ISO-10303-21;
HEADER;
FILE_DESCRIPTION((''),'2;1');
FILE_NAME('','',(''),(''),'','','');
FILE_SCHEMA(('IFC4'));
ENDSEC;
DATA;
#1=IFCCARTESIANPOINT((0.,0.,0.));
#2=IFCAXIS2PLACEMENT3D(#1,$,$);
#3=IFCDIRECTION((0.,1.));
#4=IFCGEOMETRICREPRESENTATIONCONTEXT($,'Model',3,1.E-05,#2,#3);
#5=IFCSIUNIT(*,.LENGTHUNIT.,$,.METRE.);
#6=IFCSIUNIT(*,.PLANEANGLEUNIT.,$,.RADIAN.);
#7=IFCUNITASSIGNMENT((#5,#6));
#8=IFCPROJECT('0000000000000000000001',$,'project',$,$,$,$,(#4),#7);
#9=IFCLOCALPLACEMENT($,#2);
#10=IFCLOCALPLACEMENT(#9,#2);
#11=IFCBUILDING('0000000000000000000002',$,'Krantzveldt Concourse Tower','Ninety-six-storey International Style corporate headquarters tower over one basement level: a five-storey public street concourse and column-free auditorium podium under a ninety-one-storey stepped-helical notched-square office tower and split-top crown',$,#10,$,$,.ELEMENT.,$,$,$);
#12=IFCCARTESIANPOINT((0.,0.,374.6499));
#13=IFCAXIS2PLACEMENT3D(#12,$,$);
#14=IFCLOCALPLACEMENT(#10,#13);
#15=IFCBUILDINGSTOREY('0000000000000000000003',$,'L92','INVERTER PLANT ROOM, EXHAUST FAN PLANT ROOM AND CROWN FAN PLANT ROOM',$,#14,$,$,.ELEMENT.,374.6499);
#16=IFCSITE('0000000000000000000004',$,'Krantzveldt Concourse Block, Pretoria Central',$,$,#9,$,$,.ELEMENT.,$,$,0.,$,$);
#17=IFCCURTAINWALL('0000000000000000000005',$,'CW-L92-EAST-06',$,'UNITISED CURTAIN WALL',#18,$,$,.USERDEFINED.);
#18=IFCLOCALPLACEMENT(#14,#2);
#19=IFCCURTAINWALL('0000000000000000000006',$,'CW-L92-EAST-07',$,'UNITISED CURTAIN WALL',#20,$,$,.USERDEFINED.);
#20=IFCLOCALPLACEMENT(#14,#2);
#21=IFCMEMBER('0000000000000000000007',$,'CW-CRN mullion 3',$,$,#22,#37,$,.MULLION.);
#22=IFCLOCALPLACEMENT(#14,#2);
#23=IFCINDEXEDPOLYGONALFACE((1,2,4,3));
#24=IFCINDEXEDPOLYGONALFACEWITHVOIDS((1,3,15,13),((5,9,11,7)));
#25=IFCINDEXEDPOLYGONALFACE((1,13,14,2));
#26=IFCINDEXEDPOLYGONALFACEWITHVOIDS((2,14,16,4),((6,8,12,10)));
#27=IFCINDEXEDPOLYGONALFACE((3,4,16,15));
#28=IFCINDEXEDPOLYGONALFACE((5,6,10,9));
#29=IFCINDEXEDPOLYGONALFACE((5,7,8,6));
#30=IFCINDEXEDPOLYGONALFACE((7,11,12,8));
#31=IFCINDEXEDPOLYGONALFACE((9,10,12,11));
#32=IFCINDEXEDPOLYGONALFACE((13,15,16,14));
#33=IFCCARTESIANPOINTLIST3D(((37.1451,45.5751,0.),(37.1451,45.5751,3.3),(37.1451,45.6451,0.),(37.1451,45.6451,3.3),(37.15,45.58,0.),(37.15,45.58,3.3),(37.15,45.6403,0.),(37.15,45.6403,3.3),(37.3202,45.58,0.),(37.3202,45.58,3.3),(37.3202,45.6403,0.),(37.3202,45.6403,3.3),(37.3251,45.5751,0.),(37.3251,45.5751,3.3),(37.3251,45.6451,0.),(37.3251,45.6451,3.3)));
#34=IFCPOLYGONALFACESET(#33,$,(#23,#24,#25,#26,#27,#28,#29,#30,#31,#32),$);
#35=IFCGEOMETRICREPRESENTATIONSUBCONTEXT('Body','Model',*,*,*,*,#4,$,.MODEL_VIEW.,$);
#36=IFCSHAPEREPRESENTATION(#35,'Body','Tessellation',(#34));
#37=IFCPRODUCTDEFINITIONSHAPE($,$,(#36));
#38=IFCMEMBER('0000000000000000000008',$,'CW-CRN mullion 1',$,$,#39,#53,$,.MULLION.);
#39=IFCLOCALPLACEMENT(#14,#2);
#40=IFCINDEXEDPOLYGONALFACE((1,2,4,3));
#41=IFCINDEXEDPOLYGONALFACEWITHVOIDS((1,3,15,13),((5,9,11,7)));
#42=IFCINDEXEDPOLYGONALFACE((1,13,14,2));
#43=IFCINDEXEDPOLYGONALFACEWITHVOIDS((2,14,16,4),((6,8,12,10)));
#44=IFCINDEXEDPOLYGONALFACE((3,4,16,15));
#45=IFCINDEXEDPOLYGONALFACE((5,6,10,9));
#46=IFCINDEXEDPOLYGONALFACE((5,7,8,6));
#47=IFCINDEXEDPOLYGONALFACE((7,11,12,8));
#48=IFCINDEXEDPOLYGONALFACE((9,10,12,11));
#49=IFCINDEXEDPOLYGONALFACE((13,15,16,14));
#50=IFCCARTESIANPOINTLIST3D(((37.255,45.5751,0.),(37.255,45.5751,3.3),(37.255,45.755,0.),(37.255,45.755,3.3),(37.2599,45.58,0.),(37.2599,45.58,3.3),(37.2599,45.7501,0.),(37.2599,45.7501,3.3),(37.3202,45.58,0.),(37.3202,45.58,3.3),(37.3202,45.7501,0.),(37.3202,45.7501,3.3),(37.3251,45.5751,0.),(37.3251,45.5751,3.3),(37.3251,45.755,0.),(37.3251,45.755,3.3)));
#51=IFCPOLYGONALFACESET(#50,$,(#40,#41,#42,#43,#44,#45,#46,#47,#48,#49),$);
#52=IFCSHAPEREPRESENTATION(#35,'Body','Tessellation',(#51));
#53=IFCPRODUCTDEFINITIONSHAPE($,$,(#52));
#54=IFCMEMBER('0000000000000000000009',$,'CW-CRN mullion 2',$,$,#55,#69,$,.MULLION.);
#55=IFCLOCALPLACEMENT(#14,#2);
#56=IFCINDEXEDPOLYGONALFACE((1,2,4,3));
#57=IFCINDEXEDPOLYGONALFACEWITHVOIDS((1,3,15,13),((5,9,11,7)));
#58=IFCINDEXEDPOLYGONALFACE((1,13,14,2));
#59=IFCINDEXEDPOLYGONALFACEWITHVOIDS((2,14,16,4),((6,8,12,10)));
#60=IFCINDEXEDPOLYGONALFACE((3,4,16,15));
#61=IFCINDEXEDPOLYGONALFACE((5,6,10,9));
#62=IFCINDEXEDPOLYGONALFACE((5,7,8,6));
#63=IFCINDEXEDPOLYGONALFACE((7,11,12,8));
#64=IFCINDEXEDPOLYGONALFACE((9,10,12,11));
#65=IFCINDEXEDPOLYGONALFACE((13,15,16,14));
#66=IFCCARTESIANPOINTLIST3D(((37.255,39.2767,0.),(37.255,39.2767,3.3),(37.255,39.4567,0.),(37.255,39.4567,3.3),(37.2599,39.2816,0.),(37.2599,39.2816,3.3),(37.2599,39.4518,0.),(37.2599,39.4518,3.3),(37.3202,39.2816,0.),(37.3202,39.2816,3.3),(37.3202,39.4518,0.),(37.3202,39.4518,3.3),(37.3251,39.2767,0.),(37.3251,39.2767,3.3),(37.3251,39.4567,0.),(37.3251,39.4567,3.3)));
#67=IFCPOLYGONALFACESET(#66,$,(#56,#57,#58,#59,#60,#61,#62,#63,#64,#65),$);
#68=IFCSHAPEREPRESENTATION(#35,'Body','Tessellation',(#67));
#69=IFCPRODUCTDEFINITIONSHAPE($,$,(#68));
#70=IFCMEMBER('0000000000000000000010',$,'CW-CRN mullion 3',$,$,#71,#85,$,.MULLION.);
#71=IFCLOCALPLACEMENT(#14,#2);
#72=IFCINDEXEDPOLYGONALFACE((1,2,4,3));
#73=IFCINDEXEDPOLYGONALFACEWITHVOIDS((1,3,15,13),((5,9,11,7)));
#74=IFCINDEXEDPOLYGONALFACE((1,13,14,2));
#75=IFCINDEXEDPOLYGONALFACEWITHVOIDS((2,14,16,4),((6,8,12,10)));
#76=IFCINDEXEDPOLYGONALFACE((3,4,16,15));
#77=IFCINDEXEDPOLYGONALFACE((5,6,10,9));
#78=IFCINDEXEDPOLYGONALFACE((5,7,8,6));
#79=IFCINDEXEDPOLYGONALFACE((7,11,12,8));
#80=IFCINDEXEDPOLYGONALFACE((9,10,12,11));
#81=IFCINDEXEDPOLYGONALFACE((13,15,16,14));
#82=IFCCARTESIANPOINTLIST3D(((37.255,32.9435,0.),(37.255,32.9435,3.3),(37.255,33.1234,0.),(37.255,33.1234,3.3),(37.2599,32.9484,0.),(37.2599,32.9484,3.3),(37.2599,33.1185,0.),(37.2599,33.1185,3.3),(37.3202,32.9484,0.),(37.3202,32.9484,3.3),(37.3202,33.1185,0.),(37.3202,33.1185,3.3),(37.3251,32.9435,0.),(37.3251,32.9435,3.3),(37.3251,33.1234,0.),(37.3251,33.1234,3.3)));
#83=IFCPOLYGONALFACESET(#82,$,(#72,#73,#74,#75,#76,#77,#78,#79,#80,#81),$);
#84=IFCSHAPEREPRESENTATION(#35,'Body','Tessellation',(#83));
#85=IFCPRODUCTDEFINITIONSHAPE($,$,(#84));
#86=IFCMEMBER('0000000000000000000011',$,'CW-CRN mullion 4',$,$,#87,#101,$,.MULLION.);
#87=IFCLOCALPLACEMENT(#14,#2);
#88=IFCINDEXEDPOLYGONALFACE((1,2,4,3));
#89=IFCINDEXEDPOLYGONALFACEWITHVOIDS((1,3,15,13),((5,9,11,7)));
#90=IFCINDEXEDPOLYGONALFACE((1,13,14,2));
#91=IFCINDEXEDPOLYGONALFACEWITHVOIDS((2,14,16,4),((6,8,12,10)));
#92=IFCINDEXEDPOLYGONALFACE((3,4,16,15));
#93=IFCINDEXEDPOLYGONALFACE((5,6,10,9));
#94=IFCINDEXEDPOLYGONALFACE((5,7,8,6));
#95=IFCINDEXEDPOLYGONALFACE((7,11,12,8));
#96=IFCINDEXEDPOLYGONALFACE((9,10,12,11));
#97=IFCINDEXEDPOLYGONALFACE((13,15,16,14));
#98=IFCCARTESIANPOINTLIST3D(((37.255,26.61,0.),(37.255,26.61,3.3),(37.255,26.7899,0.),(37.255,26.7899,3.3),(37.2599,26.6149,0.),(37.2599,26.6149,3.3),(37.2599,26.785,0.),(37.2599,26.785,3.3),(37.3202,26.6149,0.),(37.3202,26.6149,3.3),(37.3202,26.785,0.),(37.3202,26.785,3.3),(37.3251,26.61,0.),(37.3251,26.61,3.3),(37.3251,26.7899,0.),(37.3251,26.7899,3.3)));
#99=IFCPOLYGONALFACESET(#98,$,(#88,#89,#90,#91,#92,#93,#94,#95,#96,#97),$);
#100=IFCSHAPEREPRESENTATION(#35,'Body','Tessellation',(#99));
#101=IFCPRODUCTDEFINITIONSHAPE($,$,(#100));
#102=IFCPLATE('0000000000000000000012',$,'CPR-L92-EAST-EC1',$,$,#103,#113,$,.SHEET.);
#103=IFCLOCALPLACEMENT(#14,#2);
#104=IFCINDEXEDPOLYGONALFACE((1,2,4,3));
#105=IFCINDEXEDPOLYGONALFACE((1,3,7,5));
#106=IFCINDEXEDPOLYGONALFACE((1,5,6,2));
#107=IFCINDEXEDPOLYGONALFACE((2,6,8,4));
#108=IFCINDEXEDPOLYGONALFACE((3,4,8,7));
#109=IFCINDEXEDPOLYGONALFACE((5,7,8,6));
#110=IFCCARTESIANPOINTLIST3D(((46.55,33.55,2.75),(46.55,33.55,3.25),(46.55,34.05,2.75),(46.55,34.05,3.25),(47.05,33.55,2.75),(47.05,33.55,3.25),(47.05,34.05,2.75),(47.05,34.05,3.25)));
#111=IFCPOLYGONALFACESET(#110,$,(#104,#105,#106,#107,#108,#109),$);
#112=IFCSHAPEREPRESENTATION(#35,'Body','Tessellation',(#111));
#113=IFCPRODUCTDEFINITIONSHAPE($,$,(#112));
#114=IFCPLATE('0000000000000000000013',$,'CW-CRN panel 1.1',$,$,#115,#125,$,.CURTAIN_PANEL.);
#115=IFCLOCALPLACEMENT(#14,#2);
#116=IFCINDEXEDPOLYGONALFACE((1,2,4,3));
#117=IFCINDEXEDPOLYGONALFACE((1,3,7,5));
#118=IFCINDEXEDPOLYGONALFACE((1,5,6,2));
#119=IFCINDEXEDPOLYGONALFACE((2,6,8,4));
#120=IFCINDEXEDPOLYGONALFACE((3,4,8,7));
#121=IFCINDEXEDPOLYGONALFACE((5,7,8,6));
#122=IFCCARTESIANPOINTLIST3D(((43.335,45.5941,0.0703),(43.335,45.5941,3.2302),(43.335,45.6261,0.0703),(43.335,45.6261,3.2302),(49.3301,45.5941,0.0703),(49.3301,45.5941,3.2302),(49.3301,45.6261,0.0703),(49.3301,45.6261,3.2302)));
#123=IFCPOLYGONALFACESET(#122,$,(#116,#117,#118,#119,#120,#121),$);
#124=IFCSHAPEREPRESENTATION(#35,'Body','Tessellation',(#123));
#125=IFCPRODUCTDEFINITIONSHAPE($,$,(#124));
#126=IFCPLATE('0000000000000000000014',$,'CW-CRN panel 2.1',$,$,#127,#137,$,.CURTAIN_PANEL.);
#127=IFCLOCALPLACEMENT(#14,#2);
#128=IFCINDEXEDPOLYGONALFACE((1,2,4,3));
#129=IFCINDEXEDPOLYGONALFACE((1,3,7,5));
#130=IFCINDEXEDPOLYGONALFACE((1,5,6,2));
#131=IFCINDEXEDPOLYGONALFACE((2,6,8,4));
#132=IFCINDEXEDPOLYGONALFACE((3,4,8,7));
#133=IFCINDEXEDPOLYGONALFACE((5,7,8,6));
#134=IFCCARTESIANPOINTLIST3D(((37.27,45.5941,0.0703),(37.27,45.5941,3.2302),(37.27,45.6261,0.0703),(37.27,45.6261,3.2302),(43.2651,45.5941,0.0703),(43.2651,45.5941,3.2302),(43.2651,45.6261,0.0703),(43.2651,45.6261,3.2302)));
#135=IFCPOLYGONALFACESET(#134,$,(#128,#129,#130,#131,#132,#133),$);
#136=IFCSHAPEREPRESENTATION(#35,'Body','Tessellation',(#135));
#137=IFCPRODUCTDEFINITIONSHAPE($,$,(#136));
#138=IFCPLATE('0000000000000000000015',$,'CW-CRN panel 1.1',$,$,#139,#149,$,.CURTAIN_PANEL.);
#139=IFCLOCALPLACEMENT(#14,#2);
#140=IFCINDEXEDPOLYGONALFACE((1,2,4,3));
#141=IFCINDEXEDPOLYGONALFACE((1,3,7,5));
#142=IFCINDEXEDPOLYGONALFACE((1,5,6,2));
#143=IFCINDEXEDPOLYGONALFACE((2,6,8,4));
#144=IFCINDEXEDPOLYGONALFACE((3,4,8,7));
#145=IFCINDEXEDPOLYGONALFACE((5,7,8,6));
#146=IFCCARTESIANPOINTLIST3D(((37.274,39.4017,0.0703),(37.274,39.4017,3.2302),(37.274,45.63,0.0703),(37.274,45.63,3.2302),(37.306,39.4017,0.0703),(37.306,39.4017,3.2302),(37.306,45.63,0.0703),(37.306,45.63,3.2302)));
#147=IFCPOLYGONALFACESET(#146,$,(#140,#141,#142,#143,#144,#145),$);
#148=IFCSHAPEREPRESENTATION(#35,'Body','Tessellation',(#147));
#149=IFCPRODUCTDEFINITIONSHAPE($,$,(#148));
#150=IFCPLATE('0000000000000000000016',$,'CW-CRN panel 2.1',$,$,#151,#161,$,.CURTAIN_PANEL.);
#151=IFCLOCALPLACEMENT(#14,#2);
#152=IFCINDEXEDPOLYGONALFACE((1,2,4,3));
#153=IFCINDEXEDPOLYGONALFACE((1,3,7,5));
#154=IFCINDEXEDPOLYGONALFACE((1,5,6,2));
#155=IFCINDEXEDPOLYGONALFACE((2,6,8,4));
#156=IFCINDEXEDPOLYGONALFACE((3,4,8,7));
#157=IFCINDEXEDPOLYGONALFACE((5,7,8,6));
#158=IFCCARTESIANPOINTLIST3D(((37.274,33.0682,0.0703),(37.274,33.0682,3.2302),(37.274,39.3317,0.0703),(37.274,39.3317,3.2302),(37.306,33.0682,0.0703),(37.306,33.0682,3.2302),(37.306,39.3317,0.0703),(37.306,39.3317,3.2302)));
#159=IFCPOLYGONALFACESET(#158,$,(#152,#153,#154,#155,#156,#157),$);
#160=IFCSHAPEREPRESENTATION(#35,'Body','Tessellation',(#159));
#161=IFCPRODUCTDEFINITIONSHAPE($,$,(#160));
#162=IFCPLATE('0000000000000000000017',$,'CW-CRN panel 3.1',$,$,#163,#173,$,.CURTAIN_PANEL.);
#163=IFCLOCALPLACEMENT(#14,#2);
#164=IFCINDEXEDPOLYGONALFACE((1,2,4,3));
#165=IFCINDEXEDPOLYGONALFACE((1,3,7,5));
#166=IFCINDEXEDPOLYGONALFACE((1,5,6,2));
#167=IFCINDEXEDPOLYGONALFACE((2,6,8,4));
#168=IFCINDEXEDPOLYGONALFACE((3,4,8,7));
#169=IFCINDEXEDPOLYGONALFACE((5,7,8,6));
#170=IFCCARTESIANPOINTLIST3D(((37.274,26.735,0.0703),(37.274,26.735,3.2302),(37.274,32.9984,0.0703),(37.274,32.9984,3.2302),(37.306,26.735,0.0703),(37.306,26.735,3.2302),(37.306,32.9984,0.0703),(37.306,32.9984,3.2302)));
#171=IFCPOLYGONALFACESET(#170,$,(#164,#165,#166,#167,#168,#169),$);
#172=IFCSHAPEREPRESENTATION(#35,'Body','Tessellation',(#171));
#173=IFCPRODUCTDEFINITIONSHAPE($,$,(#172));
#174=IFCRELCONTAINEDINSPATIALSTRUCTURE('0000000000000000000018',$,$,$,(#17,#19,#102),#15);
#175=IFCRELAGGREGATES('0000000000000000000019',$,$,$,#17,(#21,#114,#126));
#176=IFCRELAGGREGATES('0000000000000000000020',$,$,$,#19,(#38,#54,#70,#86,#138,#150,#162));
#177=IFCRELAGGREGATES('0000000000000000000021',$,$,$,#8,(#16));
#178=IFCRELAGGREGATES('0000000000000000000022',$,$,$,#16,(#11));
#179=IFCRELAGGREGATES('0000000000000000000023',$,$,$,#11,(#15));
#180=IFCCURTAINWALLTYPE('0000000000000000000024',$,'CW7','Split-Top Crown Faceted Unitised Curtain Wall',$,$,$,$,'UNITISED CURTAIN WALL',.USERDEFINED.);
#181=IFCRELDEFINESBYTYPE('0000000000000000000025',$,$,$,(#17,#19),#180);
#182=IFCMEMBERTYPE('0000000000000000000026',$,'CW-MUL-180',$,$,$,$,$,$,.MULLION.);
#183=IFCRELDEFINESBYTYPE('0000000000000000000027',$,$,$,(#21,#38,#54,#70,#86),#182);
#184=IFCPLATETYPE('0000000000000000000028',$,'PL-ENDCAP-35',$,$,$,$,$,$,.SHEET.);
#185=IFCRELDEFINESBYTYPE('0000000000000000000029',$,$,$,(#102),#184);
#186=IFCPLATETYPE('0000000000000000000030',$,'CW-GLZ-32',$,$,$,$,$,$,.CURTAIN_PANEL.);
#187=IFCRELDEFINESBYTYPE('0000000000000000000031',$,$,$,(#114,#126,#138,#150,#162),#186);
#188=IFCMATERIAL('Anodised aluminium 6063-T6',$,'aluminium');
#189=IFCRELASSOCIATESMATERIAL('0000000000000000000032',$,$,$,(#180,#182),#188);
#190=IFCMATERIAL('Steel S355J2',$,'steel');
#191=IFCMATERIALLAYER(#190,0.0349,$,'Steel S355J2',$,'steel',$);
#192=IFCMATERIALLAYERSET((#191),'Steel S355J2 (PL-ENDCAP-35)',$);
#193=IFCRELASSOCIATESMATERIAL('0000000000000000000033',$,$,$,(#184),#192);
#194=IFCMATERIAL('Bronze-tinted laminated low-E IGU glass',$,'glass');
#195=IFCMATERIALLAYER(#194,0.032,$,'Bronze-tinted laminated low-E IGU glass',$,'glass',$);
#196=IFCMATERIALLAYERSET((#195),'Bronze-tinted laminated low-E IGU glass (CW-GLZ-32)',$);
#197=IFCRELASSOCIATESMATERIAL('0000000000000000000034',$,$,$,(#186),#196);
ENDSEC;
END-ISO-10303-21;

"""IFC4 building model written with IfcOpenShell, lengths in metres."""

from ifc_helpers import new_model, si_unit, direction, frame, origin, origin_2d, place, context, subcontext, project, spatial, rectangle, hollow_rectangle, extrude, source, transform, mapped, material, layer, layer_set, material_profile, profile_set, type_object, type_shapes, element, aggregate, save


model = new_model("IFC4")

# Units and contexts
model_context = context("Model", 3, precision=1e-05, world=origin(), true_north=direction((0.0, 1.0)))
body_context = subcontext(model_context, "Body", "Model", "MODEL_VIEW")
ifc_project = project(units=[si_unit("LENGTHUNIT", "METRE"), si_unit("PLANEANGLEUNIT", "RADIAN")], contexts=[model_context])

# Site, building, storey
site_placement = place(None, origin())
site = spatial("IfcSite", under=ifc_project, at=site_placement, Name="Krantzveldt Concourse Block, Pretoria Central", CompositionType="ELEMENT", RefElevation=0.0)
building_placement = place(site_placement, origin())
building = spatial("IfcBuilding", under=site, at=building_placement, Name="Krantzveldt Concourse Tower", Description="Ninety-six-storey International Style corporate headquarters tower over one basement level: a five-storey public street concourse and column-free auditorium podium under a ninety-one-storey stepped-helical notched-square office tower and split-top crown", CompositionType="ELEMENT")
storey_placement = place(building_placement, frame((0.0, 0.0, 374.6499)))
storey = spatial("IfcBuildingStorey", under=building, at=storey_placement, Name="L92", Description="INVERTER PLANT ROOM, EXHAUST FAN PLANT ROOM AND CROWN FAN PLANT ROOM", CompositionType="ELEMENT", Elevation=374.6499)

# Shared definitions
ifc_material_1 = material(Name="Steel S355J2", Category="steel")

# Shared definitions
ifc_material_2 = material(Name="Anodised aluminium 6063-T6", Category="aluminium")
curtain_wall_type = type_object("IfcCurtainWallType", Name="CW7", Description="Split-Top Crown Faceted Unitised Curtain Wall", ElementType="UNITISED CURTAIN WALL", PredefinedType="USERDEFINED", material=ifc_material_2)

# Curtain walls
curtain_wall_1_placement = place(storey_placement, origin())
curtain_wall_1 = element("IfcCurtainWall", 1, at=curtain_wall_1_placement, inside=storey, type_object=curtain_wall_type, Name="CW-L92-EAST-06", ObjectType="UNITISED CURTAIN WALL", PredefinedType="USERDEFINED")
curtain_wall_2_placement = place(storey_placement, origin())
curtain_wall_2 = element("IfcCurtainWall", 2, at=curtain_wall_2_placement, inside=storey, type_object=curtain_wall_type, Name="CW-L92-EAST-07", ObjectType="UNITISED CURTAIN WALL", PredefinedType="USERDEFINED")

# Members
ifc_material_profile_1 = material_profile(ifc_material_2, hollow_rectangle(XDim=0.0701, YDim=0.1799, WallThickness=0.0049, at=origin_2d()), Name="Anodised aluminium 6063-T6", Category="aluminium")
ifc_profile_set_1 = profile_set([ifc_material_profile_1], Name="Anodised aluminium 6063-T6 - ALU-MULL 180x70x5")
member_type_1 = type_object("IfcMemberType", Name="CW-MUL-180", PredefinedType="MULLION", material=ifc_profile_set_1)
shared_shape_1 = source(origin(), body_context, "Body", "SweptSolid", [
    extrude(hollow_rectangle(XDim=0.0701, YDim=0.1799, WallThickness=0.0049, at=origin_2d()), origin(), (0.0, 0.0, 1.0), 3.3),
])
type_shapes(member_type_1, [shared_shape_1])
member_1_placement = place(storey_placement, frame((37.2351, 45.6101, 0.0), z_axis=(0.0, 0.0, 1.0), x_axis=(0.0, -1.0, 0.0)))
member_1 = element("IfcMember", 3, at=member_1_placement, type_object=member_type_1, Name="CW-CRN mullion 3", PredefinedType="MULLION", context=body_context, shape_type="MappedRepresentation", body=[
    mapped(shared_shape_1, transform((0.0, 0.0, 0.0), x_axis=(1.0, 0.0, 0.0), y_axis=(0.0, 1.0, 0.0), z_axis=(0.0, 0.0, 1.0), scale=1.0)),
])
member_2_placement = place(storey_placement, frame((37.29, 45.665, 0.0), z_axis=(0.0, 0.0, 1.0), x_axis=(1.0, 0.0, 0.0)))
member_2 = element("IfcMember", 4, at=member_2_placement, type_object=member_type_1, Name="CW-CRN mullion 1", PredefinedType="MULLION", context=body_context, shape_type="MappedRepresentation", body=[
    mapped(shared_shape_1, transform((0.0, 0.0, 0.0), x_axis=(1.0, 0.0, 0.0), y_axis=(0.0, 1.0, 0.0), z_axis=(0.0, 0.0, 1.0), scale=1.0)),
])
member_3_placement = place(storey_placement, frame((37.29, 39.3667, 0.0), z_axis=(0.0, 0.0, 1.0), x_axis=(1.0, 0.0, 0.0)))
member_3 = element("IfcMember", 5, at=member_3_placement, type_object=member_type_1, Name="CW-CRN mullion 2", PredefinedType="MULLION", context=body_context, shape_type="MappedRepresentation", body=[
    mapped(shared_shape_1, transform((0.0, 0.0, 0.0), x_axis=(1.0, 0.0, 0.0), y_axis=(0.0, 1.0, 0.0), z_axis=(0.0, 0.0, 1.0), scale=1.0)),
])
member_4_placement = place(storey_placement, frame((37.29, 33.0334, 0.0), z_axis=(0.0, 0.0, 1.0), x_axis=(1.0, 0.0, 0.0)))
member_4 = element("IfcMember", 6, at=member_4_placement, type_object=member_type_1, Name="CW-CRN mullion 3", PredefinedType="MULLION", context=body_context, shape_type="MappedRepresentation", body=[
    mapped(shared_shape_1, transform((0.0, 0.0, 0.0), x_axis=(1.0, 0.0, 0.0), y_axis=(0.0, 1.0, 0.0), z_axis=(0.0, 0.0, 1.0), scale=1.0)),
])
member_5_placement = place(storey_placement, frame((37.29, 26.7, 0.0), z_axis=(0.0, 0.0, 1.0), x_axis=(1.0, 0.0, 0.0)))
member_5 = element("IfcMember", 7, at=member_5_placement, type_object=member_type_1, Name="CW-CRN mullion 4", PredefinedType="MULLION", context=body_context, shape_type="MappedRepresentation", body=[
    mapped(shared_shape_1, transform((0.0, 0.0, 0.0), x_axis=(1.0, 0.0, 0.0), y_axis=(0.0, 1.0, 0.0), z_axis=(0.0, 0.0, 1.0), scale=1.0)),
])

# Plates
ifc_layer_1 = layer(ifc_material_1, 0.0349, Name="Steel S355J2", Category="steel")
ifc_layer_set_1 = layer_set([ifc_layer_1], Name="Steel S355J2 (PL-ENDCAP-35)")
plate_type_1 = type_object("IfcPlateType", Name="PL-ENDCAP-35", PredefinedType="SHEET", material=ifc_layer_set_1)
shared_shape_2 = source(origin(), body_context, "Body", "SweptSolid", [
    extrude(rectangle(XDim=0.5, YDim=0.5, at=origin_2d()), origin(), (0.0, 0.0, 1.0), 0.5),
])
type_shapes(plate_type_1, [shared_shape_2])
plate_1_placement = place(storey_placement, frame((46.8, 33.8, 2.75), z_axis=(0.0, 0.0, 1.0), x_axis=(1.0, 0.0, 0.0)))
element("IfcPlate", 8, at=plate_1_placement, inside=storey, type_object=plate_type_1, Name="CPR-L92-EAST-EC1", PredefinedType="SHEET", context=body_context, shape_type="MappedRepresentation", body=[
    mapped(shared_shape_2, transform((0.0, 0.0, 0.0), x_axis=(1.0, 0.0, 0.0), y_axis=(0.0, 1.0, 0.0), z_axis=(0.0, 0.0, 1.0), scale=1.0)),
])
ifc_material_3 = material(Name="Bronze-tinted laminated low-E IGU glass", Category="glass")
ifc_layer_2 = layer(ifc_material_3, 0.032, Name="Bronze-tinted laminated low-E IGU glass", Category="glass")
ifc_layer_set_2 = layer_set([ifc_layer_2], Name="Bronze-tinted laminated low-E IGU glass (CW-GLZ-32)")
plate_type_2 = type_object("IfcPlateType", Name="CW-GLZ-32", PredefinedType="CURTAIN_PANEL", material=ifc_layer_set_2)
shared_shape_3 = source(origin(), body_context, "Body", "SweptSolid", [
    extrude(rectangle(XDim=5.9951, YDim=0.032, at=origin_2d()), origin(), (0.0, 0.0, 1.0), 3.1599),
])
plate_2_placement = place(storey_placement, frame((46.3325, 45.6101, 0.0703), z_axis=(0.0, 0.0, 1.0), x_axis=(-1.0, 0.0, 0.0)))
plate_2 = element("IfcPlate", 9, at=plate_2_placement, type_object=plate_type_2, Name="CW-CRN panel 1.1", PredefinedType="CURTAIN_PANEL", context=body_context, shape_type="MappedRepresentation", body=[
    mapped(shared_shape_3, transform((0.0, 0.0, 0.0), x_axis=(1.0, 0.0, 0.0), y_axis=(0.0, 1.0, 0.0), z_axis=(0.0, 0.0, 1.0), scale=1.0)),
])
plate_3_placement = place(storey_placement, frame((40.2676, 45.6101, 0.0703), z_axis=(0.0, 0.0, 1.0), x_axis=(-1.0, 0.0, 0.0)))
plate_3 = element("IfcPlate", 10, at=plate_3_placement, type_object=plate_type_2, Name="CW-CRN panel 2.1", PredefinedType="CURTAIN_PANEL", context=body_context, shape_type="MappedRepresentation", body=[
    mapped(shared_shape_3, transform((0.0, 0.0, 0.0), x_axis=(1.0, 0.0, 0.0), y_axis=(0.0, 1.0, 0.0), z_axis=(0.0, 0.0, 1.0), scale=1.0)),
])
aggregate(curtain_wall_1, [member_1, plate_2, plate_3])
shared_shape_4 = source(origin(), body_context, "Body", "SweptSolid", [
    extrude(rectangle(XDim=6.2283, YDim=0.032, at=origin_2d()), origin(), (0.0, 0.0, 1.0), 3.1599),
])
plate_4_placement = place(storey_placement, frame((37.29, 42.5159, 0.0703), z_axis=(0.0, 0.0, 1.0), x_axis=(0.0, -1.0, 0.0)))
plate_4 = element("IfcPlate", 11, at=plate_4_placement, type_object=plate_type_2, Name="CW-CRN panel 1.1", PredefinedType="CURTAIN_PANEL", context=body_context, shape_type="MappedRepresentation", body=[
    mapped(shared_shape_4, transform((0.0, 0.0, 0.0), x_axis=(1.0, 0.0, 0.0), y_axis=(0.0, 1.0, 0.0), z_axis=(0.0, 0.0, 1.0), scale=1.0)),
])
shared_shape_5 = source(origin(), body_context, "Body", "SweptSolid", [
    extrude(rectangle(XDim=6.2634, YDim=0.032, at=origin_2d()), origin(), (0.0, 0.0, 1.0), 3.1599),
])
type_shapes(plate_type_2, [shared_shape_3, shared_shape_4, shared_shape_5])
plate_5_placement = place(storey_placement, frame((37.29, 36.2, 0.0703), z_axis=(0.0, 0.0, 1.0), x_axis=(0.0, -1.0, 0.0)))
plate_5 = element("IfcPlate", 12, at=plate_5_placement, type_object=plate_type_2, Name="CW-CRN panel 2.1", PredefinedType="CURTAIN_PANEL", context=body_context, shape_type="MappedRepresentation", body=[
    mapped(shared_shape_5, transform((0.0, 0.0, 0.0), x_axis=(1.0, 0.0, 0.0), y_axis=(0.0, 1.0, 0.0), z_axis=(0.0, 0.0, 1.0), scale=1.0)),
])
plate_6_placement = place(storey_placement, frame((37.29, 29.8667, 0.0703), z_axis=(0.0, 0.0, 1.0), x_axis=(0.0, -1.0, 0.0)))
plate_6 = element("IfcPlate", 13, at=plate_6_placement, type_object=plate_type_2, Name="CW-CRN panel 3.1", PredefinedType="CURTAIN_PANEL", context=body_context, shape_type="MappedRepresentation", body=[
    mapped(shared_shape_5, transform((0.0, 0.0, 0.0), x_axis=(1.0, 0.0, 0.0), y_axis=(0.0, 1.0, 0.0), z_axis=(0.0, 0.0, 1.0), scale=1.0)),
])
aggregate(curtain_wall_2, [member_2, member_3, member_4, member_5, plate_4, plate_5, plate_6])

save(model, "model.ifc")
